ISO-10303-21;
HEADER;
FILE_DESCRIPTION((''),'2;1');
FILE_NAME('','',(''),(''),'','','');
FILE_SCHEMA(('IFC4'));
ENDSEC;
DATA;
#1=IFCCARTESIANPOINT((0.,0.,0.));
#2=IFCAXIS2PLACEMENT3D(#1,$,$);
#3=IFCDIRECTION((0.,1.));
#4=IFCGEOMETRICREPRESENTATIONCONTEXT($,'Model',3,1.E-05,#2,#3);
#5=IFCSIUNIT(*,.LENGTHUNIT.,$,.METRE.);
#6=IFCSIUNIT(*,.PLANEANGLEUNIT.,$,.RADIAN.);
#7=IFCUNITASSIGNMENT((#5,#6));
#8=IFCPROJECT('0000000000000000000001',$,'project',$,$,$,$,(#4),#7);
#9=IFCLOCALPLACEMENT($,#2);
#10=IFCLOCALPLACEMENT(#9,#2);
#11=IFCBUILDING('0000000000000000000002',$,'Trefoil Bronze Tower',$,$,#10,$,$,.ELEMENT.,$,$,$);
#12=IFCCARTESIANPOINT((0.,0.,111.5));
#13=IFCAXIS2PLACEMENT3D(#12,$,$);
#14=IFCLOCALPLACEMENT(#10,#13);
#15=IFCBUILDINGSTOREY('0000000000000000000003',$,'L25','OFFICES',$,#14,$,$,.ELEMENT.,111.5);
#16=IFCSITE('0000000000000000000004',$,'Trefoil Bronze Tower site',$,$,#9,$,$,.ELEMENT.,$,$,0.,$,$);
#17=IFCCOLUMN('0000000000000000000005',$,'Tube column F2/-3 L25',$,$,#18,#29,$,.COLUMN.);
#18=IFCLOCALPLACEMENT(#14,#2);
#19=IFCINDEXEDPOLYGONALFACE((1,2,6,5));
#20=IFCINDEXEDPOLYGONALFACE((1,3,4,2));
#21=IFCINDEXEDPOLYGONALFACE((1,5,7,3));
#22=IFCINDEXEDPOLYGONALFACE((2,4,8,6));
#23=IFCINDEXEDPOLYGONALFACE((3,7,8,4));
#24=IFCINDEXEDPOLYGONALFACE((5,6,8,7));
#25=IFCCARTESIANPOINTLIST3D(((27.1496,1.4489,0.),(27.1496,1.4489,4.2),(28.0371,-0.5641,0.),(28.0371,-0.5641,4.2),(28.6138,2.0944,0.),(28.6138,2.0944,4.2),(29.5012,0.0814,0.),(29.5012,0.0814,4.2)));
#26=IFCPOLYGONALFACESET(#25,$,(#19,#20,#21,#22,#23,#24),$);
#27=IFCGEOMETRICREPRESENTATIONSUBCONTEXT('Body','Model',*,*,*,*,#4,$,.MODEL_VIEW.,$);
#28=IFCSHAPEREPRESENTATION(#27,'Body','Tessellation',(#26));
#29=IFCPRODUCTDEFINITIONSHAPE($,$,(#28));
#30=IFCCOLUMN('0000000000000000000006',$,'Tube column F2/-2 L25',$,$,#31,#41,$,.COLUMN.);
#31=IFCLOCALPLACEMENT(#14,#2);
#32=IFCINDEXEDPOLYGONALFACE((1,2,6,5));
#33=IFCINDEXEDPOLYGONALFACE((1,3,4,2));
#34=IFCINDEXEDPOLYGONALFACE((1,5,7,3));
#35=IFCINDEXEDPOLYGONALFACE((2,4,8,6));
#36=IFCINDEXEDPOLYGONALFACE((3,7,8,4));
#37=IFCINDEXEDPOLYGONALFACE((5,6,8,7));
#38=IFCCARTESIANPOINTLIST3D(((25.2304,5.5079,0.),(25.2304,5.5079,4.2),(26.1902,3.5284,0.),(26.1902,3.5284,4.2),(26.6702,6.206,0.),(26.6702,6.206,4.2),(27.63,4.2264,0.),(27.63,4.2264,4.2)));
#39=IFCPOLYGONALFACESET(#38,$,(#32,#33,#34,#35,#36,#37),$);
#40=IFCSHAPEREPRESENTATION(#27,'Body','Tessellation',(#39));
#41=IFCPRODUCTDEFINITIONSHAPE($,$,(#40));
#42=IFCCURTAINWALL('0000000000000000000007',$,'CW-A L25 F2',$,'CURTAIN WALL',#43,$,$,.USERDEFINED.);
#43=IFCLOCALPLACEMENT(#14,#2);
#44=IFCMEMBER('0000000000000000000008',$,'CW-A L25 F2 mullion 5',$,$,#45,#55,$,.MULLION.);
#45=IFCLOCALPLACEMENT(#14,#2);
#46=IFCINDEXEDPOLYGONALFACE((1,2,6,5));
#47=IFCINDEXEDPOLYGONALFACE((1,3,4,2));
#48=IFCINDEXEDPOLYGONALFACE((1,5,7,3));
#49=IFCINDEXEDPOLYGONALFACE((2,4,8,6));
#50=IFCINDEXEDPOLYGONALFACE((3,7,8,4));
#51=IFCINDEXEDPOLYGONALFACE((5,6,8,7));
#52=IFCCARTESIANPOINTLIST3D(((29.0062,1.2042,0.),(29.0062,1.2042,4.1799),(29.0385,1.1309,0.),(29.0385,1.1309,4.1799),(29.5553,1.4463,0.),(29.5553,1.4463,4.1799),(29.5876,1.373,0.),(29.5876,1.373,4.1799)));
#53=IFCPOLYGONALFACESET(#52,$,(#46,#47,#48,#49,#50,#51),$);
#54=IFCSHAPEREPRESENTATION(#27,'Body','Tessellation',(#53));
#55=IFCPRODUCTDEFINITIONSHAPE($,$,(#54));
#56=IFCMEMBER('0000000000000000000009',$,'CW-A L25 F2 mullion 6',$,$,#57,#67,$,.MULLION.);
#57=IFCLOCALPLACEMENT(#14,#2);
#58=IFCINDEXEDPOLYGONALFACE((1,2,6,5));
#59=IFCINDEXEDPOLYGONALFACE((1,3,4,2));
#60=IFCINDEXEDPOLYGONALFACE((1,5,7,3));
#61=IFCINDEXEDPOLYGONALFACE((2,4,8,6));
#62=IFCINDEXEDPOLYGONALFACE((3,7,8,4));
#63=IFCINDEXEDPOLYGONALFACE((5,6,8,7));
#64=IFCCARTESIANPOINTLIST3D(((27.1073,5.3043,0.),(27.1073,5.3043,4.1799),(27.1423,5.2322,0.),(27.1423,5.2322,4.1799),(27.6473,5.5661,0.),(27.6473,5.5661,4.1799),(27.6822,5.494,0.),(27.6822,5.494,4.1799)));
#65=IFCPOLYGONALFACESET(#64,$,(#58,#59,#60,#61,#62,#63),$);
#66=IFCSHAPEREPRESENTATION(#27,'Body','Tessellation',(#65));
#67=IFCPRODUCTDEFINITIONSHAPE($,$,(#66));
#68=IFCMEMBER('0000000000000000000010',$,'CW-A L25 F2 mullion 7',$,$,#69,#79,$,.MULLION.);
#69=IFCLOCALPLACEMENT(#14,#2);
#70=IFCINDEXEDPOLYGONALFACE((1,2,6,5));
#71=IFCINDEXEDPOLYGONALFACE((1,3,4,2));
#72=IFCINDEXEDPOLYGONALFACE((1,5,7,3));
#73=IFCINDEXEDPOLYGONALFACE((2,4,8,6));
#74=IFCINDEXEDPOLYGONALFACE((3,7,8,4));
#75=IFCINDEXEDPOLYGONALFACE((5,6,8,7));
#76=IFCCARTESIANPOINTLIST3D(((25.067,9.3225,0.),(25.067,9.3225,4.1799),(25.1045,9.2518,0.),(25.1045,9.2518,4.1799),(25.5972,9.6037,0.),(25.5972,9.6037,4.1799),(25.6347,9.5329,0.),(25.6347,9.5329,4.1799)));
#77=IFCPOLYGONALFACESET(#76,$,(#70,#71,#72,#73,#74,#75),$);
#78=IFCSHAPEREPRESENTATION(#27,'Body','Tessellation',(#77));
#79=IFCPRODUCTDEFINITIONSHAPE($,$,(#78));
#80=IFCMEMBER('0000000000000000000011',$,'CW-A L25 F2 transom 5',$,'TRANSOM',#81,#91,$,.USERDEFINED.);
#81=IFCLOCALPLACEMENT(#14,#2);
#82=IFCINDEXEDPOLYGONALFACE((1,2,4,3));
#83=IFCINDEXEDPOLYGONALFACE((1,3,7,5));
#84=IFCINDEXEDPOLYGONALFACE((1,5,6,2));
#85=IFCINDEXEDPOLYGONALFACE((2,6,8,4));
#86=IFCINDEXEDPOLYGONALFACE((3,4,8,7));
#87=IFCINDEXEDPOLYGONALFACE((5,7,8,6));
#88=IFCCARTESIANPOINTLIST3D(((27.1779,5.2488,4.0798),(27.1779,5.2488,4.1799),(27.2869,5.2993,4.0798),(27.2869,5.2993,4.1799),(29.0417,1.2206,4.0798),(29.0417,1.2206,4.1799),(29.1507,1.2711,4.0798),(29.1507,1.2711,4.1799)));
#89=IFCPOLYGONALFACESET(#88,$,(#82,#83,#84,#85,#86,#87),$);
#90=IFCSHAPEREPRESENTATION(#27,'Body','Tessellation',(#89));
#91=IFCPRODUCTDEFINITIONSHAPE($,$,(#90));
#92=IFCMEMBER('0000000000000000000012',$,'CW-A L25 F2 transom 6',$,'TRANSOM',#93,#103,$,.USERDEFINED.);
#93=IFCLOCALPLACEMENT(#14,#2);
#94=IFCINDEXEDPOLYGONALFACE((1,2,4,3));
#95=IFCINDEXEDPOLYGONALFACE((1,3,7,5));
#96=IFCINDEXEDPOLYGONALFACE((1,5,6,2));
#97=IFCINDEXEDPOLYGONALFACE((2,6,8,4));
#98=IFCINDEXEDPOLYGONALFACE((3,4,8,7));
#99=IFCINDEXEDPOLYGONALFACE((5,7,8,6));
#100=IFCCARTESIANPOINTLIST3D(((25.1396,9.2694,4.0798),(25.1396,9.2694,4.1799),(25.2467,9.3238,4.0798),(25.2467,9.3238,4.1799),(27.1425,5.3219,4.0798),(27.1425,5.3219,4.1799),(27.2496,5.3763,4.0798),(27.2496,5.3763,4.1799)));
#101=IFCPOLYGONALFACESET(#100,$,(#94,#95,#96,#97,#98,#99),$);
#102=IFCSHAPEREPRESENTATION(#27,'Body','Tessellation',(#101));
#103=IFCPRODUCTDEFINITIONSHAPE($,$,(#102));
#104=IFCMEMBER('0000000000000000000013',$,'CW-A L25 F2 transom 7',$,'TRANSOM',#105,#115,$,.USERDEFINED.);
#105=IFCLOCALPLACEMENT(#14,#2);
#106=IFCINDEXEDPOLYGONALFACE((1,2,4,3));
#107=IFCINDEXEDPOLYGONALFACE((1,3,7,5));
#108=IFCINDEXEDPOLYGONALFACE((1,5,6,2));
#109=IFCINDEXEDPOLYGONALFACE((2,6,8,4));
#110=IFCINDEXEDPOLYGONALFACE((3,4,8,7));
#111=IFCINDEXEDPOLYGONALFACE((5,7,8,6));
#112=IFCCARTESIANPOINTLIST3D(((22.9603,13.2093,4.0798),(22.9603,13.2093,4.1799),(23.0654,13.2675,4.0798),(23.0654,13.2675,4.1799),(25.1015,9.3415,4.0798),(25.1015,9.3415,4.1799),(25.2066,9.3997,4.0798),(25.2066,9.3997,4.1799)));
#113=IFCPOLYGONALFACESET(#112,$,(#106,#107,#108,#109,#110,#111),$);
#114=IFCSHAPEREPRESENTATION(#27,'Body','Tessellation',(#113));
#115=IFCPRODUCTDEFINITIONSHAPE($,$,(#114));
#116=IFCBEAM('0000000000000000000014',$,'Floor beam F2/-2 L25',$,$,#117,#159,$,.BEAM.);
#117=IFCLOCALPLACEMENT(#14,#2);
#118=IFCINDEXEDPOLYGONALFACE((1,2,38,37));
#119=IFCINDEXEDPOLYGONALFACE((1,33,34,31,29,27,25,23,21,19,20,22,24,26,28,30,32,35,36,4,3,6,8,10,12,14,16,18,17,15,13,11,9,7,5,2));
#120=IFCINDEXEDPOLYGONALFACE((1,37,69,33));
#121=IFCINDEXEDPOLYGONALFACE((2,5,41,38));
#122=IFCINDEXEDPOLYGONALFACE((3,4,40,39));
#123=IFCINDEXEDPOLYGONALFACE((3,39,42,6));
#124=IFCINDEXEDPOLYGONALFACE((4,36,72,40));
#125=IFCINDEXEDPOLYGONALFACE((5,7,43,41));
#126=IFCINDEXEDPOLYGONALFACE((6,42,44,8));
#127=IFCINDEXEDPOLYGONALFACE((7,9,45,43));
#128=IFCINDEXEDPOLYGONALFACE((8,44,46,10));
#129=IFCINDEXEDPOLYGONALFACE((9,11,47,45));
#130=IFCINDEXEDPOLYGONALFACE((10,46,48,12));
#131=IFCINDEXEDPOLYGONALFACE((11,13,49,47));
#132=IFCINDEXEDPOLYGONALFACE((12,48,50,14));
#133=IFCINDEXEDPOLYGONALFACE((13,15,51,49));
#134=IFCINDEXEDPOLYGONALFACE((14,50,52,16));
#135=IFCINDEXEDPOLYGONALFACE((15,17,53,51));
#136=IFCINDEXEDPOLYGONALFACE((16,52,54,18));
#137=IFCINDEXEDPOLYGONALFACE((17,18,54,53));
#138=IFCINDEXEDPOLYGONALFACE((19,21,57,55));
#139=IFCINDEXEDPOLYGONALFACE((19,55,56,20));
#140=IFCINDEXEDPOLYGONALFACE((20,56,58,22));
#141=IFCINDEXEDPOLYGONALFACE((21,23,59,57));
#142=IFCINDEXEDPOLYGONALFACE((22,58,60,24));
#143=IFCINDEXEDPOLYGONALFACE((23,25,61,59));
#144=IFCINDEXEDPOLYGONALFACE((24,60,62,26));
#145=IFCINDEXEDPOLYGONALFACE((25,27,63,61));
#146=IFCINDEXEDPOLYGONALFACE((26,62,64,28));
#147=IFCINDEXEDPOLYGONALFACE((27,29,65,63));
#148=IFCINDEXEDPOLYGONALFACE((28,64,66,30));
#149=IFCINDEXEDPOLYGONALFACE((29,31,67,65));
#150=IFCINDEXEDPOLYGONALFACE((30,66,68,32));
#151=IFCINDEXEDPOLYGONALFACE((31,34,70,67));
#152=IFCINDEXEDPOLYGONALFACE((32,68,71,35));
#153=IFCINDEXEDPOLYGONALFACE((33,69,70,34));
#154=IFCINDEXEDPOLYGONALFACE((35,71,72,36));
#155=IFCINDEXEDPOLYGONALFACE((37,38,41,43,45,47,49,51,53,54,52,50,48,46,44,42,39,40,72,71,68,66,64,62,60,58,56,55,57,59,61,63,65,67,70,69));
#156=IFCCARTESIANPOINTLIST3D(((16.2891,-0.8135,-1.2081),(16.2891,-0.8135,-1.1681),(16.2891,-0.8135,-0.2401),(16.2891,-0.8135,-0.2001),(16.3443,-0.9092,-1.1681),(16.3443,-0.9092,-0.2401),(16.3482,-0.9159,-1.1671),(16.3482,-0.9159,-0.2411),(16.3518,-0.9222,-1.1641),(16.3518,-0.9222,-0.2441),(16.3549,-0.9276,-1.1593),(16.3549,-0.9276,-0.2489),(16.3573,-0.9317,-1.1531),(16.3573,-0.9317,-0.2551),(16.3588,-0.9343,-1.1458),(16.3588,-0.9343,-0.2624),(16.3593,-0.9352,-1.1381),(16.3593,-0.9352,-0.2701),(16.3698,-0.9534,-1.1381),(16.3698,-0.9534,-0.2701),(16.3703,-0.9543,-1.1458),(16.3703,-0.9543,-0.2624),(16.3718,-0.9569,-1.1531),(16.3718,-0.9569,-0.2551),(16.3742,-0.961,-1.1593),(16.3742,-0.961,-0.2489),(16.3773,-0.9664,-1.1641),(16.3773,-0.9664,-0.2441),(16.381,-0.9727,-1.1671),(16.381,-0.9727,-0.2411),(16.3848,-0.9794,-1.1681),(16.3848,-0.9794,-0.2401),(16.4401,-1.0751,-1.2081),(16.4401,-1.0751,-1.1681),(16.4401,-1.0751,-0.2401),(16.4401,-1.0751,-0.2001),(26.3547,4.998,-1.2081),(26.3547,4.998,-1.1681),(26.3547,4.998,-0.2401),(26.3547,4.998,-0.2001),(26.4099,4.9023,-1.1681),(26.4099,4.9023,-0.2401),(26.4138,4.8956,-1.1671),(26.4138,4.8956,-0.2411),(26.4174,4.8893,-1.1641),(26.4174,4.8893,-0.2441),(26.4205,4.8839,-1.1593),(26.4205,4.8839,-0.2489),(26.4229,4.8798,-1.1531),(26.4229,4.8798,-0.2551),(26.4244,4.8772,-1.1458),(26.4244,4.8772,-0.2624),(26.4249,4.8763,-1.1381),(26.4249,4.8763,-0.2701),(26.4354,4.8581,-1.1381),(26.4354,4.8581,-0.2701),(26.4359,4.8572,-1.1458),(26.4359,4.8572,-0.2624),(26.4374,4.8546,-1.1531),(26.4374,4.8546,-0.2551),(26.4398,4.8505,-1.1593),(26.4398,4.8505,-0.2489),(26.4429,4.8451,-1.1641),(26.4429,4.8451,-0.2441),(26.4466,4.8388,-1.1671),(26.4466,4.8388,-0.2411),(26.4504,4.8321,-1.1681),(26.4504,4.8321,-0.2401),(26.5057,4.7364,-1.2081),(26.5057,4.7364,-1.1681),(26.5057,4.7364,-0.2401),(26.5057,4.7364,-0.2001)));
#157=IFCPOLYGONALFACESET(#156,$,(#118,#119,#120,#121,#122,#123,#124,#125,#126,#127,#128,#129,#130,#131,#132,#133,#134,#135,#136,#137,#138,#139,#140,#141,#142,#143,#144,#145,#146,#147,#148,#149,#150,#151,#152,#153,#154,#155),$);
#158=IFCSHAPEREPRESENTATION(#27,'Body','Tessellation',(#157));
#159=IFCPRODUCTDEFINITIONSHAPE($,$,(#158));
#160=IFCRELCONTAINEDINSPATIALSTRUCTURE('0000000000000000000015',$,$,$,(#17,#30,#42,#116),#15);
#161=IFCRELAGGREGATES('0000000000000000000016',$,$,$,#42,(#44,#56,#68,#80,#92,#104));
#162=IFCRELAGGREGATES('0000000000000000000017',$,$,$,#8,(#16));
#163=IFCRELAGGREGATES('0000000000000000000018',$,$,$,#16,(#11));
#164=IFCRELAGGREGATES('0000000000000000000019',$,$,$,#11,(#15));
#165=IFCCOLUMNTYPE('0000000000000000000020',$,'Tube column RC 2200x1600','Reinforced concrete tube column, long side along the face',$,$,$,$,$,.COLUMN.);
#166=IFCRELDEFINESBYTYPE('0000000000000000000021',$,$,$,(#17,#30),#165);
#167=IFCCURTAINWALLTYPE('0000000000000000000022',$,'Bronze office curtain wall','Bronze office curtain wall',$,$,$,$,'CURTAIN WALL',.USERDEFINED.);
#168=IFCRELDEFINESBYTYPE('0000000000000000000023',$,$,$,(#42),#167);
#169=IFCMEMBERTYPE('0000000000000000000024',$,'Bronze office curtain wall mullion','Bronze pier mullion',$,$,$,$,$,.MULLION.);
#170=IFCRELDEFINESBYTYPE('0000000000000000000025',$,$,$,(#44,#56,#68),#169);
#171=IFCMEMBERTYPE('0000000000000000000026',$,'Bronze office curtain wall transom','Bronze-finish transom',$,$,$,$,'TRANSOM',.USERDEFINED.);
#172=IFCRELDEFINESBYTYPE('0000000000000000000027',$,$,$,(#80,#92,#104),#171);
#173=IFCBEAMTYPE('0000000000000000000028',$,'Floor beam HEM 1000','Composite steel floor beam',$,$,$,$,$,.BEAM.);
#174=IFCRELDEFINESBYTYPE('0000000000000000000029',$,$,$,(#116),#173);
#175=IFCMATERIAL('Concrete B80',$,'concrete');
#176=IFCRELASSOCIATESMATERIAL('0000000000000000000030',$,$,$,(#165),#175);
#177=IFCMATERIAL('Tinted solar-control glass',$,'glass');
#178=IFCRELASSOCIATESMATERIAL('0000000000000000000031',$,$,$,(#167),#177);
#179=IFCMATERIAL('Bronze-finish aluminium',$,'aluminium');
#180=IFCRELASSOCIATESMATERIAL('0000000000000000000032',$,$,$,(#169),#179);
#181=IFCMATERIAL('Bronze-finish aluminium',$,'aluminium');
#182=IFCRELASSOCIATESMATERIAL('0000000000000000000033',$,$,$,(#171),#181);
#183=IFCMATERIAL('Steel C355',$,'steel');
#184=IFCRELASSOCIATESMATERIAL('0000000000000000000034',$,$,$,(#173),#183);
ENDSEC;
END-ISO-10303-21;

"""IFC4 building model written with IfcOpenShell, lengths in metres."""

from ifc_helpers import new_model, si_unit, direction, frame, origin, origin_2d, place, context, subcontext, project, spatial, rectangle, i_section, extrude, material, material_profile, profile_set, type_object, element, aggregate, save


model = new_model("IFC4")

# Units and contexts
model_context = context("Model", 3, precision=1e-05, world=origin(), true_north=direction((0.0, 1.0)))
body_context = subcontext(model_context, "Body", "Model", "MODEL_VIEW")
ifc_project = project(units=[si_unit("LENGTHUNIT", "METRE"), si_unit("PLANEANGLEUNIT", "RADIAN")], contexts=[model_context])

# Site, building, storey
site_placement = place(None, origin())
site = spatial("IfcSite", under=ifc_project, at=site_placement, Name="Trefoil Bronze Tower site", CompositionType="ELEMENT", RefElevation=0.0)
building_placement = place(site_placement, origin())
building = spatial("IfcBuilding", under=site, at=building_placement, Name="Trefoil Bronze Tower", CompositionType="ELEMENT")
storey_placement = place(building_placement, frame((0.0, 0.0, 111.5)))
storey = spatial("IfcBuildingStorey", under=building, at=storey_placement, Name="L25", Description="OFFICES", CompositionType="ELEMENT", Elevation=111.5)

# Columns
ifc_material_1 = material(Name="Concrete B80", Category="concrete")
ifc_material_profile_1 = material_profile(ifc_material_1, rectangle(XDim=2.2, YDim=1.6001, at=origin_2d()), Name="RC 2200x1600")
ifc_profile_set_1 = profile_set([ifc_material_profile_1], Name="Concrete B80")
column_type = type_object("IfcColumnType", Name="Tube column RC 2200x1600", Description="Reinforced concrete tube column, long side along the face", PredefinedType="COLUMN", material=ifc_profile_set_1)
for number, where, z_axis, x_axis, name in (
    (1, (28.3254, 0.7651, 0.0), (0.0, 0.0, 1.0), (-0.403412, 0.915018, 0.0), "Tube column F2/-3 L25"),
    (2, (26.4302, 4.8672, 0.0), (0.0, 0.0, 1.0), (-0.436262, 0.89982, 0.0), "Tube column F2/-2 L25"),
):
    element("IfcColumn", number, at=place(storey_placement, frame(where, z_axis=z_axis, x_axis=x_axis)), inside=storey, type_object=column_type, Name=name, PredefinedType="COLUMN", context=body_context, shape_type="SweptSolid", body=[
        extrude(rectangle(XDim=2.2, YDim=1.6001, at=origin_2d()), origin(), (0.0, 0.0, 1.0), 4.2),
    ])

# Curtain wall, members
ifc_material_2 = material(Name="Tinted solar-control glass", Category="glass")
curtain_wall_type = type_object("IfcCurtainWallType", Name="Bronze office curtain wall", Description="Bronze office curtain wall", ElementType="CURTAIN WALL", PredefinedType="USERDEFINED", material=ifc_material_2)
curtain_wall_placement = place(storey_placement, origin())
curtain_wall = element("IfcCurtainWall", 3, at=curtain_wall_placement, inside=storey, type_object=curtain_wall_type, Name="CW-A L25 F2", ObjectType="CURTAIN WALL", PredefinedType="USERDEFINED")
ifc_material_3 = material(Name="Bronze-finish aluminium", Category="aluminium")
ifc_material_profile_2 = material_profile(ifc_material_3, rectangle(XDim=0.6001, YDim=0.0801, at=origin_2d()), Name="CW-A mullion")
ifc_profile_set_2 = profile_set([ifc_material_profile_2], Name="Bronze-finish aluminium")
member_type_1 = type_object("IfcMemberType", Name="Bronze office curtain wall mullion", Description="Bronze pier mullion", PredefinedType="MULLION", material=ifc_profile_set_2)
member_1_placement = place(storey_placement, frame((29.2969, 1.2886, 0.0), z_axis=(0.0, 0.0, 1.0), x_axis=(-0.915018, -0.403412, 0.0)))
member_1 = element("IfcMember", 4, at=member_1_placement, type_object=member_type_1, Name="CW-A L25 F2 mullion 5", PredefinedType="MULLION", context=body_context, shape_type="SweptSolid", body=[
    extrude(rectangle(XDim=0.6001, YDim=0.0801, at=origin_2d()), origin(), (0.0, 0.0, 1.0), 4.1799),
])
member_2_placement = place(storey_placement, frame((27.3948, 5.3992, 0.0), z_axis=(0.0, 0.0, 1.0), x_axis=(-0.89982, -0.436262, 0.0)))
member_2 = element("IfcMember", 5, at=member_2_placement, type_object=member_type_1, Name="CW-A L25 F2 mullion 6", PredefinedType="MULLION", context=body_context, shape_type="SweptSolid", body=[
    extrude(rectangle(XDim=0.6001, YDim=0.0801, at=origin_2d()), origin(), (0.0, 0.0, 1.0), 4.1799),
])
member_3_placement = place(storey_placement, frame((25.3508, 9.4277, 0.0), z_axis=(0.0, 0.0, 1.0), x_axis=(-0.883486, -0.468457, 0.0)))
member_3 = element("IfcMember", 6, at=member_3_placement, type_object=member_type_1, Name="CW-A L25 F2 mullion 7", PredefinedType="MULLION", context=body_context, shape_type="SweptSolid", body=[
    extrude(rectangle(XDim=0.6001, YDim=0.0801, at=origin_2d()), origin(), (0.0, 0.0, 1.0), 4.1799),
])
ifc_material_4 = material(Name="Bronze-finish aluminium", Category="aluminium")
ifc_material_profile_3 = material_profile(ifc_material_4, rectangle(XDim=0.1201, YDim=0.1001, at=origin_2d()), Name="CW-A transom")
ifc_profile_set_3 = profile_set([ifc_material_profile_3], Name="Bronze-finish aluminium")
member_type_2 = type_object("IfcMemberType", Name="Bronze office curtain wall transom", Description="Bronze-finish transom", ElementType="TRANSOM", PredefinedType="USERDEFINED", material=ifc_profile_set_3)
member_4_placement = place(storey_placement, frame((29.0962, 1.2458, 4.1299), z_axis=(-0.419923, 0.90756, 0.0), x_axis=(-0.90756, -0.419923, 0.0)))
member_4 = element("IfcMember", 7, at=member_4_placement, type_object=member_type_2, Name="CW-A L25 F2 transom 5", ObjectType="TRANSOM", PredefinedType="USERDEFINED", context=body_context, shape_type="SweptSolid", body=[
    extrude(rectangle(XDim=0.1201, YDim=0.1001, at=origin_2d()), origin(), (0.0, 0.0, 1.0), 4.4385),
])
member_5_placement = place(storey_placement, frame((27.196, 5.3491, 4.1299), z_axis=(-0.452478, 0.891775, 0.0), x_axis=(-0.891775, -0.452478, 0.0)))
member_5 = element("IfcMember", 8, at=member_5_placement, type_object=member_type_2, Name="CW-A L25 F2 transom 6", ObjectType="TRANSOM", PredefinedType="USERDEFINED", context=body_context, shape_type="SweptSolid", body=[
    extrude(rectangle(XDim=0.1201, YDim=0.1001, at=origin_2d()), origin(), (0.0, 0.0, 1.0), 4.4265),
])
member_6_placement = place(storey_placement, frame((25.1541, 9.3706, 4.1299), z_axis=(-0.484329, 0.874886, 0.0), x_axis=(-0.874886, -0.484329, 0.0)))
member_6 = element("IfcMember", 9, at=member_6_placement, type_object=member_type_2, Name="CW-A L25 F2 transom 7", ObjectType="TRANSOM", PredefinedType="USERDEFINED", context=body_context, shape_type="SweptSolid", body=[
    extrude(rectangle(XDim=0.1201, YDim=0.1001, at=origin_2d()), origin(), (0.0, 0.0, 1.0), 4.4209),
])

# Beam
ifc_material_5 = material(Name="Steel C355", Category="steel")
ifc_material_profile_4 = material_profile(ifc_material_5, i_section(OverallWidth=0.302, OverallDepth=1.0081, WebThickness=0.021, FlangeThickness=0.04, FilletRadius=0.03, at=origin_2d()), Name="HEM 1000")
ifc_profile_set_4 = profile_set([ifc_material_profile_4], Name="Steel C355")
beam_type_1 = type_object("IfcBeamType", Name="Floor beam HEM 1000", Description="Composite steel floor beam", PredefinedType="BEAM", material=ifc_profile_set_4)
beam_1_placement = place(storey_placement, frame((26.4302, 4.8672, -0.7041), z_axis=(-0.866022, -0.500007, 0.0), x_axis=(0.500007, -0.866022, 0.0)))
element("IfcBeam", 10, at=beam_1_placement, inside=storey, type_object=beam_type_1, Name="Floor beam F2/-2 L25", PredefinedType="BEAM", context=body_context, shape_type="SweptSolid", body=[
    extrude(i_section(OverallWidth=0.302, OverallDepth=1.0081, WebThickness=0.021, FlangeThickness=0.04, FilletRadius=0.03, at=origin_2d()), origin(), (0.0, 0.0, 1.0), 11.6228),
])

aggregate(curtain_wall, [member_1, member_2, member_3, member_4, member_5, member_6])

save(model, "model.ifc")
